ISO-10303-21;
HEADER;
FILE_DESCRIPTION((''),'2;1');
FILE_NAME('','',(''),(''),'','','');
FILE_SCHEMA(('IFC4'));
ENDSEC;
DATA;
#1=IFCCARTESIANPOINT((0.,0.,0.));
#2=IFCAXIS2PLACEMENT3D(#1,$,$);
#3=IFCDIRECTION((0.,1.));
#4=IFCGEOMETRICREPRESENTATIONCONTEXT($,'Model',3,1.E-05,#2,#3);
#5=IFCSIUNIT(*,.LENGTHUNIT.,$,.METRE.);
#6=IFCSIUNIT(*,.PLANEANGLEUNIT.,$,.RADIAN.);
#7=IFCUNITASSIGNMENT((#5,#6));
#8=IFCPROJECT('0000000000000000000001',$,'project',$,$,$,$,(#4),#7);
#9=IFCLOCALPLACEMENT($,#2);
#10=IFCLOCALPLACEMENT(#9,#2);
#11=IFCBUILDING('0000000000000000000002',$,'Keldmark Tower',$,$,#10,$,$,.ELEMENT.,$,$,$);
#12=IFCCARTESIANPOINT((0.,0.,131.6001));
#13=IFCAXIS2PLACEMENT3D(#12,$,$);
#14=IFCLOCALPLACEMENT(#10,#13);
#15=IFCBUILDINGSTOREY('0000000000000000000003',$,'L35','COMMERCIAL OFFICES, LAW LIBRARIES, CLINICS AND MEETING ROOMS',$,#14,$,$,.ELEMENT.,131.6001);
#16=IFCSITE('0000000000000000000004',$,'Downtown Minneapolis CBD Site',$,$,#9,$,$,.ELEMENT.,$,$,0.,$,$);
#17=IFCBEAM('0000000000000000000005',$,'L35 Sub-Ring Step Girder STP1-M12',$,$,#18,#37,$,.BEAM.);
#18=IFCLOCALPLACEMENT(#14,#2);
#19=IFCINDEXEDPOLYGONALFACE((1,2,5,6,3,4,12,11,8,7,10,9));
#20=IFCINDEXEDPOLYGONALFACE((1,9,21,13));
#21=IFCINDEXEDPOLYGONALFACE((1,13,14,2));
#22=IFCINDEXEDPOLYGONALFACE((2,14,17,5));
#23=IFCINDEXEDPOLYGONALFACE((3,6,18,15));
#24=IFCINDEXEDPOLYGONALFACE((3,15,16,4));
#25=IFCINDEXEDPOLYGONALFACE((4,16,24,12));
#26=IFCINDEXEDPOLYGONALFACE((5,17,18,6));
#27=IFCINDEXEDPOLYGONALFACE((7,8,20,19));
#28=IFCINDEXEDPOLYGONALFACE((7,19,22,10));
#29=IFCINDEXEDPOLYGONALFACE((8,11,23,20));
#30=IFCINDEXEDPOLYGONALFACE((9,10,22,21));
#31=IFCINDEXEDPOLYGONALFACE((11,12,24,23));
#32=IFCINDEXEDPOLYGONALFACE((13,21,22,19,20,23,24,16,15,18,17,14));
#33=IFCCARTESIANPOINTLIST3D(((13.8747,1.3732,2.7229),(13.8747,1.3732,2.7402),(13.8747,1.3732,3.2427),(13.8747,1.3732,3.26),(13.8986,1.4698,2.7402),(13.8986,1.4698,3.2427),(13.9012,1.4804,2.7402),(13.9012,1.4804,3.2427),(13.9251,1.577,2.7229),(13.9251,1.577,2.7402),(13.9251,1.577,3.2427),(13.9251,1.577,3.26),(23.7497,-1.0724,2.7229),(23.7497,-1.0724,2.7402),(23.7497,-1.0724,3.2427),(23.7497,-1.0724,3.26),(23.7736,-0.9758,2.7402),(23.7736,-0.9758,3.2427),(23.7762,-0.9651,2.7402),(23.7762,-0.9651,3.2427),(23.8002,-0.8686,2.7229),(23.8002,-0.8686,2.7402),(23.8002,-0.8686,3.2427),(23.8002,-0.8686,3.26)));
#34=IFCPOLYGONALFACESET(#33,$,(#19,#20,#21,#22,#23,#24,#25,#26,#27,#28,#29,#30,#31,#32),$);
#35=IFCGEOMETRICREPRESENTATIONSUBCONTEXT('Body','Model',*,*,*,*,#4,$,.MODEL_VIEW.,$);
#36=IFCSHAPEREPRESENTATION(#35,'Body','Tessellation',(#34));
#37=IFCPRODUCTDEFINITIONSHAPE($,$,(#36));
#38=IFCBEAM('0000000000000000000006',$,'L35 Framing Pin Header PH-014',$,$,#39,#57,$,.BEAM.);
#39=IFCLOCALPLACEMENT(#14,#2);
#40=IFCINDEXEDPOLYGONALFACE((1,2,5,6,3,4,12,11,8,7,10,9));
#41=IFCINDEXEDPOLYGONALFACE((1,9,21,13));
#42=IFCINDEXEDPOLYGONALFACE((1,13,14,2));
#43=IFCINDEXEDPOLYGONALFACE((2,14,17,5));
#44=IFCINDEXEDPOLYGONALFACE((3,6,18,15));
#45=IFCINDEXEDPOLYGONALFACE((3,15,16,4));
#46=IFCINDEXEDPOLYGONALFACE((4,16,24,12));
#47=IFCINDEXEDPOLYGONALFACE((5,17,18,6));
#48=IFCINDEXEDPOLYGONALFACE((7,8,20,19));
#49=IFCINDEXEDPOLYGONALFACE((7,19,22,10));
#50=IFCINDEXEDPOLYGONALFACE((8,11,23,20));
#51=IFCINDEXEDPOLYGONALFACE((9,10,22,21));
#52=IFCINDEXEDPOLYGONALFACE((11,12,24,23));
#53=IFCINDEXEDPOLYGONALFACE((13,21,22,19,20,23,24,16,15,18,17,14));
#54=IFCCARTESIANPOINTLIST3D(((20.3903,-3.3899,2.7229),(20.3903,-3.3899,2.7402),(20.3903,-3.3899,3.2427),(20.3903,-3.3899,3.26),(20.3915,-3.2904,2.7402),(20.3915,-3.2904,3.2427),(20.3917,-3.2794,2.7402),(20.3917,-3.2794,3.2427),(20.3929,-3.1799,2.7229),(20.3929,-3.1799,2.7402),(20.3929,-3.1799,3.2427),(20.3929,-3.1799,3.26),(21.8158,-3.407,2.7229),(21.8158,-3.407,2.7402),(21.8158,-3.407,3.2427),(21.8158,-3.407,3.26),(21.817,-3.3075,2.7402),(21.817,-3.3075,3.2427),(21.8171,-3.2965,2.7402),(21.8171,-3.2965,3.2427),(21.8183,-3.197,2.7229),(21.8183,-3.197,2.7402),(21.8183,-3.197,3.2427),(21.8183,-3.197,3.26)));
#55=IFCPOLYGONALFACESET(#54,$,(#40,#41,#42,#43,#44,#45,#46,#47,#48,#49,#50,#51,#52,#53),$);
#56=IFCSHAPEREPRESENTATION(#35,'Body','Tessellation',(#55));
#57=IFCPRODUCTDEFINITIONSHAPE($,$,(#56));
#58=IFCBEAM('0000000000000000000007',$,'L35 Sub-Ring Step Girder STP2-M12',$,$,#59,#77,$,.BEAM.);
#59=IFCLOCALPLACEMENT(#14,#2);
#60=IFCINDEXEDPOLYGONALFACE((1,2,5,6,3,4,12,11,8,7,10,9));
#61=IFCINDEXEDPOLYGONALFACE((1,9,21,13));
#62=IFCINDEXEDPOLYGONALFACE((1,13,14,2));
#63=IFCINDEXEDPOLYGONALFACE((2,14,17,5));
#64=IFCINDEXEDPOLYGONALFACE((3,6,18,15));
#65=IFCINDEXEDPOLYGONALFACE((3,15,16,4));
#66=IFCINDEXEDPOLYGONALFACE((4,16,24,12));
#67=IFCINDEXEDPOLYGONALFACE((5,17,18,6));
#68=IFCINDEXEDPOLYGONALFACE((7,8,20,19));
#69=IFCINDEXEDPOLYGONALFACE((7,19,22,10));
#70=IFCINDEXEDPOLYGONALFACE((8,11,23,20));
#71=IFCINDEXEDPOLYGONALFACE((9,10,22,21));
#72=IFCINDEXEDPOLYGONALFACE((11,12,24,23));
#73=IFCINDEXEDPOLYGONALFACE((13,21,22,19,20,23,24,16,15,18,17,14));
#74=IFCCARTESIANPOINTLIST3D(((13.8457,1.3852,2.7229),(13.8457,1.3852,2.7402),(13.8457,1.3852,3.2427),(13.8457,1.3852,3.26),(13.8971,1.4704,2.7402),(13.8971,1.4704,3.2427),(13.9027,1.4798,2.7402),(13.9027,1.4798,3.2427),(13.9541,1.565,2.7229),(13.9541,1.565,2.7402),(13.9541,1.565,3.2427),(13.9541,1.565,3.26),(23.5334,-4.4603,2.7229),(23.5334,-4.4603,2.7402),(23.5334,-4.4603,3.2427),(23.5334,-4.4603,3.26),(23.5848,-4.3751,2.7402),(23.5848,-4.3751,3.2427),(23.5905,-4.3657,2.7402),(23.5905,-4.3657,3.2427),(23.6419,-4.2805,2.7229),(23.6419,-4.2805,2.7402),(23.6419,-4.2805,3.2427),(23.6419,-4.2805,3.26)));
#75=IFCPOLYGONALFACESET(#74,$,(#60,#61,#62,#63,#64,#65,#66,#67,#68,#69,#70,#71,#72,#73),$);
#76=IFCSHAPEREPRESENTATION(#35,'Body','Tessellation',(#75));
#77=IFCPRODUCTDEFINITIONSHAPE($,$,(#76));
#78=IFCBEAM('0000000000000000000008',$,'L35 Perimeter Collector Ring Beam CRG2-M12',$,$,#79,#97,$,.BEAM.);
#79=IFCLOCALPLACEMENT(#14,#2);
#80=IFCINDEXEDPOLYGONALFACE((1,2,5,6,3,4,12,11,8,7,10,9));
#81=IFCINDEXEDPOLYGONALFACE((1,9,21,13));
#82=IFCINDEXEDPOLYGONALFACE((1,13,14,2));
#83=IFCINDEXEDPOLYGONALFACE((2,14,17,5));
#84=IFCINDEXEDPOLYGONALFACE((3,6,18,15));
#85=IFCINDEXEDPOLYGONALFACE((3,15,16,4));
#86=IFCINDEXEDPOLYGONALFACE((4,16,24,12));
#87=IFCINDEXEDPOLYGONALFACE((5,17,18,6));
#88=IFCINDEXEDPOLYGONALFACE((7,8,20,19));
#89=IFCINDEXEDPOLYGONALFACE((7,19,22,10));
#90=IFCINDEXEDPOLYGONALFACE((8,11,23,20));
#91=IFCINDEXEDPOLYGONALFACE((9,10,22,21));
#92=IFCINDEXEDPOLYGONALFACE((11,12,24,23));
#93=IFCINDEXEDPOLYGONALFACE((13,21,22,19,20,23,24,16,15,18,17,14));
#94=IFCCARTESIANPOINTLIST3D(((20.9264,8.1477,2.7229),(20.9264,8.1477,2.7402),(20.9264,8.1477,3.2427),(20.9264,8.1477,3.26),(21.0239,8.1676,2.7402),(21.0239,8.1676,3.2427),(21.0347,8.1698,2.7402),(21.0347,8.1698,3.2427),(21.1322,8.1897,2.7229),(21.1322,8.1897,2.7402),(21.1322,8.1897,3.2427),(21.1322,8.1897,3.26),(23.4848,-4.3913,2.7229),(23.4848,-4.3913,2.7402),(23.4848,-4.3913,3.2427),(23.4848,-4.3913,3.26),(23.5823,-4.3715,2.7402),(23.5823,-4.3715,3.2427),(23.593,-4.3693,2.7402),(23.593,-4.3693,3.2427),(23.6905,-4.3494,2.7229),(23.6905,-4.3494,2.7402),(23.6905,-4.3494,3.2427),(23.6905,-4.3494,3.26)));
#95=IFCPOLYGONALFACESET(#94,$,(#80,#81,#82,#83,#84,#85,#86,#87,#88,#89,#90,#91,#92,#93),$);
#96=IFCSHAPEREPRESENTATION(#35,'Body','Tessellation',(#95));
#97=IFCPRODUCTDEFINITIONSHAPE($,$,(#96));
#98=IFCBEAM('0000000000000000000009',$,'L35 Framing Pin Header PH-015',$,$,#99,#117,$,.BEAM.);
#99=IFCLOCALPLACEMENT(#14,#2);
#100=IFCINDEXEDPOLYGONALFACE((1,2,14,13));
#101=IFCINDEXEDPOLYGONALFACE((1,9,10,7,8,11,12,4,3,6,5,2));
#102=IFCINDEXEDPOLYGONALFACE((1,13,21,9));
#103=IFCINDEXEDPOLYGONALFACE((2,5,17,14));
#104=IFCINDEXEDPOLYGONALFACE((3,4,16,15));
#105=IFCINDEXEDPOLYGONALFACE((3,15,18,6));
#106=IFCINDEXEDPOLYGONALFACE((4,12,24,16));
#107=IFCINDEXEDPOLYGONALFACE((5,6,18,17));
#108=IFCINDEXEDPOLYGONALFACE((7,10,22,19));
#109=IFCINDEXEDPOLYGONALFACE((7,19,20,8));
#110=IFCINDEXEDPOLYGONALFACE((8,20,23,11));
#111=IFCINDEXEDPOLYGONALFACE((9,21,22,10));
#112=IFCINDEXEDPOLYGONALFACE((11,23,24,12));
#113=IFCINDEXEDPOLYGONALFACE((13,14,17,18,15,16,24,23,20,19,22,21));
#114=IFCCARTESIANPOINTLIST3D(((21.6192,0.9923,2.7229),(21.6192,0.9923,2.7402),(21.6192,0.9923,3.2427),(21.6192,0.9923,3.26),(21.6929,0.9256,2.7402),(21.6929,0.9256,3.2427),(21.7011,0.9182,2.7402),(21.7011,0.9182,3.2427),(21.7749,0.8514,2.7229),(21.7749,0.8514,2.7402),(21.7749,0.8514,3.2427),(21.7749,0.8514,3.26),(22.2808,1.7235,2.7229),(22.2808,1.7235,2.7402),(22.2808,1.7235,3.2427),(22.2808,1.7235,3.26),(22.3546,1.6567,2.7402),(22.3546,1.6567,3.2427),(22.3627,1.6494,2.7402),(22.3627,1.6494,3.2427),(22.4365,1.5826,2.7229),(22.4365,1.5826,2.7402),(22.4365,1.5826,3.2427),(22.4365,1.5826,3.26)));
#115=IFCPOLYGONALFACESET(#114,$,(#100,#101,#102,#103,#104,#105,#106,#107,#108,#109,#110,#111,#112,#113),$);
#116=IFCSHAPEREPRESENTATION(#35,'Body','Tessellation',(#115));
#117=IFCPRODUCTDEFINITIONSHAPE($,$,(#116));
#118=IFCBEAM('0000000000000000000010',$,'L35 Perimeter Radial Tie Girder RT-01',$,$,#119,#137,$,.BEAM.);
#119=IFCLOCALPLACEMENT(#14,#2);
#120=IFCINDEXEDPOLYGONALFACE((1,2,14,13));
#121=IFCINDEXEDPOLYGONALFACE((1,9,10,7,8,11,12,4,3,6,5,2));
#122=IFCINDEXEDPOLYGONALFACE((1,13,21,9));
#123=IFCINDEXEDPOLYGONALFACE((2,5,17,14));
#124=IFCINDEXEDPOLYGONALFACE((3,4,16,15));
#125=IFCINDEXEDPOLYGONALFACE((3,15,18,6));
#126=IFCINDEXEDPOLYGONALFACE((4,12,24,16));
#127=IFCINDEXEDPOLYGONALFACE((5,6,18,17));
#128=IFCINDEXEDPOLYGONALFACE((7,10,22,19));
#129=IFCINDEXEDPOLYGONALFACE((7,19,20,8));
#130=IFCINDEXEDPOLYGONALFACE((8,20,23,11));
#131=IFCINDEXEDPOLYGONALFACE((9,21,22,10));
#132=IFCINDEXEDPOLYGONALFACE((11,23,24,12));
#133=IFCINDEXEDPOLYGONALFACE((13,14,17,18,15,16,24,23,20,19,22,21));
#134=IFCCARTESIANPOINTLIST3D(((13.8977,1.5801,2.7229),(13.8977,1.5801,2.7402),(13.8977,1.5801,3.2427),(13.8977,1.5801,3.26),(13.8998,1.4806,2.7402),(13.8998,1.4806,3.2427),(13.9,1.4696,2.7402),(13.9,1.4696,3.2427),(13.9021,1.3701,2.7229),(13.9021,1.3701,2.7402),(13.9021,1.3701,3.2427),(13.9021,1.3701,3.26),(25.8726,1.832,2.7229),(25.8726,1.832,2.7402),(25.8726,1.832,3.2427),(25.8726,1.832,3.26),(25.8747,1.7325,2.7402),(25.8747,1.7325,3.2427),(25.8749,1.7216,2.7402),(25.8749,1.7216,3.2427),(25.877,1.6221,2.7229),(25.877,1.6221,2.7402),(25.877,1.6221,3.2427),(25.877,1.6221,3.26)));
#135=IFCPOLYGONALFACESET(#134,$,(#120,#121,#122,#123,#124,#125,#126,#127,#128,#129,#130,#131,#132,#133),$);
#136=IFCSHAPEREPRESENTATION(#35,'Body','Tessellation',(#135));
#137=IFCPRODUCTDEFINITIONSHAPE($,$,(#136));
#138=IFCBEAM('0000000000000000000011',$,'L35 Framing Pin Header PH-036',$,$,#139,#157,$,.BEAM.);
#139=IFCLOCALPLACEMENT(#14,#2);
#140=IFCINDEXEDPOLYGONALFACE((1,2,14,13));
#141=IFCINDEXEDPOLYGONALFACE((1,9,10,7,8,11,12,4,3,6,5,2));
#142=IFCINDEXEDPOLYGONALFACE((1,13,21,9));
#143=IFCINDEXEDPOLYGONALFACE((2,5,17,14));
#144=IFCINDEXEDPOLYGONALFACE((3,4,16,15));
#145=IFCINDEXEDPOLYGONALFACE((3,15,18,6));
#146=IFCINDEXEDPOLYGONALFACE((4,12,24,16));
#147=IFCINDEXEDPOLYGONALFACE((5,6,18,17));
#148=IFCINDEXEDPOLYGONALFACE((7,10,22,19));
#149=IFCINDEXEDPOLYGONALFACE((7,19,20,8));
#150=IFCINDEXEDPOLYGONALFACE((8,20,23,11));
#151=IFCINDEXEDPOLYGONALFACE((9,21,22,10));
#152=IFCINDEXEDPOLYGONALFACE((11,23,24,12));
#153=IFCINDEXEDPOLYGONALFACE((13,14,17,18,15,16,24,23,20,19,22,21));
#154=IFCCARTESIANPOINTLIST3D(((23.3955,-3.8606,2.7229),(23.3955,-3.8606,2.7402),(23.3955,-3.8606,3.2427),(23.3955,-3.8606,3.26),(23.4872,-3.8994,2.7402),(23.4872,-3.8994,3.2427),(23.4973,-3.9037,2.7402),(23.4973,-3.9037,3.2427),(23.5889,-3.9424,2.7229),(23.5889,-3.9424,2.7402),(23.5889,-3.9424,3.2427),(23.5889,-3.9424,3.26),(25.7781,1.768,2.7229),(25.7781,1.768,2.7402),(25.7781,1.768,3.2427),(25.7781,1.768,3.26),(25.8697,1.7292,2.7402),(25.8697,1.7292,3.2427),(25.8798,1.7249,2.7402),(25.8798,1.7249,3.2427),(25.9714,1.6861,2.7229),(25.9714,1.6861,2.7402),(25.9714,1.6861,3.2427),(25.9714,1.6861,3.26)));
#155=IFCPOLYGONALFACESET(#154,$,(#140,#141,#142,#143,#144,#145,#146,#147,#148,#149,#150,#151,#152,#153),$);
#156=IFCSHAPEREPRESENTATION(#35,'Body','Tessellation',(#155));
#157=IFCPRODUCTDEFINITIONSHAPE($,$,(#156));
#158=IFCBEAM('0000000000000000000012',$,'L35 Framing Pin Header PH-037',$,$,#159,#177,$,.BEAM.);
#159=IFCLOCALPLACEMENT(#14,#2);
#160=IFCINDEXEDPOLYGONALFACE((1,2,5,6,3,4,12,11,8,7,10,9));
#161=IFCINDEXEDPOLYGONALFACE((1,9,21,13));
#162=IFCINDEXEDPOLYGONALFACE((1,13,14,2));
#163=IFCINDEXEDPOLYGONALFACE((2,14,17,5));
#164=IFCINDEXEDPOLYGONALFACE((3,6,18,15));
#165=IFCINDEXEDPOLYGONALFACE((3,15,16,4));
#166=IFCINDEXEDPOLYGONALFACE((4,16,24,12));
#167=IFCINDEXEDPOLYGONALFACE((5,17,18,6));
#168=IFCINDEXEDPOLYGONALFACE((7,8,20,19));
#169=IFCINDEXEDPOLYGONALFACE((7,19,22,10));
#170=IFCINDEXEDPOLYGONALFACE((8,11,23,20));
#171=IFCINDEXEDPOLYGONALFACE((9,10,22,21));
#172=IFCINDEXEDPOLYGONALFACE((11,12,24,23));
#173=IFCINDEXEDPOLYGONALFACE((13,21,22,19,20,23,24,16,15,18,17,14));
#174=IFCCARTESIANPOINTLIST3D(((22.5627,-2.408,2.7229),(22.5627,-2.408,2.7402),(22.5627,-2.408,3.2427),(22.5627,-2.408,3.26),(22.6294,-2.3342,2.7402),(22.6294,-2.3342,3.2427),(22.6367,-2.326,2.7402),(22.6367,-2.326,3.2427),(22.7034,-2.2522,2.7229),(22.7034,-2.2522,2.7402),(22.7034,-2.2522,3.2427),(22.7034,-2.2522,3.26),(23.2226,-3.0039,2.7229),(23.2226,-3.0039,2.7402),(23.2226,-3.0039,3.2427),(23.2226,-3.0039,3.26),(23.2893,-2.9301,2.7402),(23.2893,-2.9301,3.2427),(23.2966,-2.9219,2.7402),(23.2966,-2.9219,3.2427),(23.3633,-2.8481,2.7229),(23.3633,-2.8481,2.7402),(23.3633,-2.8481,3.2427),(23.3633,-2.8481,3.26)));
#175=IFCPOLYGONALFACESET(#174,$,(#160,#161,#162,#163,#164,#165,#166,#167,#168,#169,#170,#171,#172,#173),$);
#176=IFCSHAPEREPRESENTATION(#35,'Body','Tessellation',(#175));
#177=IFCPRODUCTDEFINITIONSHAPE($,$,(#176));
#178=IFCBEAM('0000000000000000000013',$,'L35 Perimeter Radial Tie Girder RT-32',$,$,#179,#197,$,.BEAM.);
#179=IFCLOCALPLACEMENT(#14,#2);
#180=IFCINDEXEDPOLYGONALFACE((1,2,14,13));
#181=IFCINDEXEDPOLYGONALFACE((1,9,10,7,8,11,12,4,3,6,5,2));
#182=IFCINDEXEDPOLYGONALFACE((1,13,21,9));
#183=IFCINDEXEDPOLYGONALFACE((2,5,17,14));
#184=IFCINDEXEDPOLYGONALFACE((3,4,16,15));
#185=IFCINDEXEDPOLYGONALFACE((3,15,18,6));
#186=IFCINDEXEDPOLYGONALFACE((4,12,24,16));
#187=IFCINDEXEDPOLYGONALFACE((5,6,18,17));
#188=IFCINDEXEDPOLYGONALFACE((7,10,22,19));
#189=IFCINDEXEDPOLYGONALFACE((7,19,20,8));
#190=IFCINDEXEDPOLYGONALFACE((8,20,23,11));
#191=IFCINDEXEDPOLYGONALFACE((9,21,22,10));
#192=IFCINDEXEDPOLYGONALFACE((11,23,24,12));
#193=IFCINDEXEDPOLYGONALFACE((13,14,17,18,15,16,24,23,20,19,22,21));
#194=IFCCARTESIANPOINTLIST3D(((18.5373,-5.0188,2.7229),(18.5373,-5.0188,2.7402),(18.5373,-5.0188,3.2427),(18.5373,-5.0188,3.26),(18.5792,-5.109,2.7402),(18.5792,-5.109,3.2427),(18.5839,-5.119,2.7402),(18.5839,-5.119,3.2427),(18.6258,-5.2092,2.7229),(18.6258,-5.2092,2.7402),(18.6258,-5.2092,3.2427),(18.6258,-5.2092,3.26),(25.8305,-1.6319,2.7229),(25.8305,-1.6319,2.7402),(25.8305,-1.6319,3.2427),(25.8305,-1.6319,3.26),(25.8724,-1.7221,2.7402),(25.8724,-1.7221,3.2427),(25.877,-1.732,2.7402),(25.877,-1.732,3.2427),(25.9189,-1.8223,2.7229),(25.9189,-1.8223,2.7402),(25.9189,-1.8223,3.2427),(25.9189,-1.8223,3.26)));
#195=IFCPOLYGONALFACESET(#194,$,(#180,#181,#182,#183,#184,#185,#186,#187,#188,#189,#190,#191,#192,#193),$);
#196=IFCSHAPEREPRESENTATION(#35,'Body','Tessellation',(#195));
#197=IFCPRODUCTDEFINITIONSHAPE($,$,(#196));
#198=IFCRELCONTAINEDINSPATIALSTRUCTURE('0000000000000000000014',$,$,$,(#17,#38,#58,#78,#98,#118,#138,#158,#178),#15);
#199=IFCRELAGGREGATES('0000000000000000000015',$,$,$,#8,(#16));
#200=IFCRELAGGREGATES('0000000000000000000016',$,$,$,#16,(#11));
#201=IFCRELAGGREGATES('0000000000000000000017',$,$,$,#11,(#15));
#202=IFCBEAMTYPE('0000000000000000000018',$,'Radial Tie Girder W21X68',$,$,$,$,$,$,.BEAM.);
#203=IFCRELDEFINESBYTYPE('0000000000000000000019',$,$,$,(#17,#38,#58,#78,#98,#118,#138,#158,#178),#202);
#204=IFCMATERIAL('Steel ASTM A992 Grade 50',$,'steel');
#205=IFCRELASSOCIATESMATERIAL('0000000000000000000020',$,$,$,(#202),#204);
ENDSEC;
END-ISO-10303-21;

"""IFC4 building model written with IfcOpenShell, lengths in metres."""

from ifc_helpers import new_model, si_unit, direction, frame, origin, origin_2d, place, context, subcontext, project, spatial, i_section, extrude, material, material_profile, profile_set, type_object, element, save


model = new_model("IFC4")

# Units and contexts
model_context = context("Model", 3, precision=1e-05, world=origin(), true_north=direction((0.0, 1.0)))
body_context = subcontext(model_context, "Body", "Model", "MODEL_VIEW")
ifc_project = project(units=[si_unit("LENGTHUNIT", "METRE"), si_unit("PLANEANGLEUNIT", "RADIAN")], contexts=[model_context])

# Site, building, storey
site_placement = place(None, origin())
site = spatial("IfcSite", under=ifc_project, at=site_placement, Name="Downtown Minneapolis CBD Site", CompositionType="ELEMENT", RefElevation=0.0)
building_placement = place(site_placement, origin())
building = spatial("IfcBuilding", under=site, at=building_placement, Name="Keldmark Tower", CompositionType="ELEMENT")
storey_placement = place(building_placement, frame((0.0, 0.0, 131.6001)))
storey = spatial("IfcBuildingStorey", under=building, at=storey_placement, Name="L35", Description="COMMERCIAL OFFICES, LAW LIBRARIES, CLINICS AND MEETING ROOMS", CompositionType="ELEMENT", Elevation=131.6001)

# Beams
ifc_material_1 = material(Name="Steel ASTM A992 Grade 50", Category="steel")
ifc_material_profile_1 = material_profile(ifc_material_1, i_section(OverallWidth=0.21, OverallDepth=0.5371, WebThickness=0.011, FlangeThickness=0.0173, at=origin_2d()), Name="W21X68")
ifc_profile_set_1 = profile_set([ifc_material_profile_1], Name="Steel ASTM A992 Grade 50")
beam_type_1 = type_object("IfcBeamType", Name="Radial Tie Girder W21X68", PredefinedType="BEAM", material=ifc_profile_set_1)
beam_1_placement = place(storey_placement, frame((13.8999, 1.4751, 2.9915), z_axis=(0.970677, -0.240389, 0.0), x_axis=(0.240389, 0.970677, 0.0)))
element("IfcBeam", 1, at=beam_1_placement, inside=storey, type_object=beam_type_1, Name="L35 Sub-Ring Step Girder STP1-M12", PredefinedType="BEAM", context=body_context, shape_type="SweptSolid", body=[
    extrude(i_section(OverallWidth=0.21, OverallDepth=0.5371, WebThickness=0.011, FlangeThickness=0.0173, at=origin_2d()), origin(), (0.0, 0.0, 1.0), 10.1733),
])
beam_2_placement = place(storey_placement, frame((20.3916, -3.2849, 2.9915), z_axis=(0.999928, -0.011987, 0.0), x_axis=(0.011987, 0.999928, 0.0)))
element("IfcBeam", 2, at=beam_2_placement, inside=storey, type_object=beam_type_1, Name="L35 Framing Pin Header PH-014", PredefinedType="BEAM", context=body_context, shape_type="SweptSolid", body=[
    extrude(i_section(OverallWidth=0.21, OverallDepth=0.5371, WebThickness=0.011, FlangeThickness=0.0173, at=origin_2d()), origin(), (0.0, 0.0, 1.0), 1.4255),
])
beam_3_placement = place(storey_placement, frame((13.8999, 1.4751, 2.9915), z_axis=(0.856211, -0.516627, 0.0), x_axis=(0.516627, 0.856211, 0.0)))
element("IfcBeam", 3, at=beam_3_placement, inside=storey, type_object=beam_type_1, Name="L35 Sub-Ring Step Girder STP2-M12", PredefinedType="BEAM", context=body_context, shape_type="SweptSolid", body=[
    extrude(i_section(OverallWidth=0.21, OverallDepth=0.5371, WebThickness=0.011, FlangeThickness=0.0173, at=origin_2d()), origin(), (0.0, 0.0, 1.0), 11.3147),
])
beam_4_placement = place(storey_placement, frame((23.5876, -4.3704, 2.9915), z_axis=(-0.199912, 0.979814, 0.0), x_axis=(-0.979814, -0.199912, 0.0)))
element("IfcBeam", 4, at=beam_4_placement, inside=storey, type_object=beam_type_1, Name="L35 Perimeter Collector Ring Beam CRG2-M12", PredefinedType="BEAM", context=body_context, shape_type="SweptSolid", body=[
    extrude(i_section(OverallWidth=0.21, OverallDepth=0.5371, WebThickness=0.011, FlangeThickness=0.0173, at=origin_2d()), origin(), (0.0, 0.0, 1.0), 12.7974),
])
beam_5_placement = place(storey_placement, frame((21.697, 0.9219, 2.9915), z_axis=(0.670946, 0.741506, 0.0), x_axis=(-0.741506, 0.670946, 0.0)))
element("IfcBeam", 5, at=beam_5_placement, inside=storey, type_object=beam_type_1, Name="L35 Framing Pin Header PH-015", PredefinedType="BEAM", context=body_context, shape_type="SweptSolid", body=[
    extrude(i_section(OverallWidth=0.21, OverallDepth=0.5371, WebThickness=0.011, FlangeThickness=0.0173, at=origin_2d()), origin(), (0.0, 0.0, 1.0), 0.9861),
])
beam_6_placement = place(storey_placement, frame((13.8999, 1.4751, 2.9915), z_axis=(0.999779, 0.021036, 0.0), x_axis=(-0.021036, 0.999779, 0.0)))
element("IfcBeam", 6, at=beam_6_placement, inside=storey, type_object=beam_type_1, Name="L35 Perimeter Radial Tie Girder RT-01", PredefinedType="BEAM", context=body_context, shape_type="SweptSolid", body=[
    extrude(i_section(OverallWidth=0.21, OverallDepth=0.5371, WebThickness=0.011, FlangeThickness=0.0173, at=origin_2d()), origin(), (0.0, 0.0, 1.0), 11.9775),
])
beam_7_placement = place(storey_placement, frame((25.8748, 1.7271, 2.9915), z_axis=(-0.389808, -0.920896, 0.0), x_axis=(0.920896, -0.389808, 0.0)))
element("IfcBeam", 7, at=beam_7_placement, inside=storey, type_object=beam_type_1, Name="L35 Framing Pin Header PH-036", PredefinedType="BEAM", context=body_context, shape_type="SweptSolid", body=[
    extrude(i_section(OverallWidth=0.21, OverallDepth=0.5371, WebThickness=0.011, FlangeThickness=0.0173, at=origin_2d()), origin(), (0.0, 0.0, 1.0), 6.1121),
])
beam_8_placement = place(storey_placement, frame((22.6331, -2.3301, 2.9915), z_axis=(0.74216, -0.670223, 0.0), x_axis=(0.670223, 0.74216, 0.0)))
element("IfcBeam", 8, at=beam_8_placement, inside=storey, type_object=beam_type_1, Name="L35 Framing Pin Header PH-037", PredefinedType="BEAM", context=body_context, shape_type="SweptSolid", body=[
    extrude(i_section(OverallWidth=0.21, OverallDepth=0.5371, WebThickness=0.011, FlangeThickness=0.0173, at=origin_2d()), origin(), (0.0, 0.0, 1.0), 0.8892),
])
beam_9_placement = place(storey_placement, frame((18.5815, -5.114, 2.9915), z_axis=(0.90697, 0.421196, 0.0), x_axis=(-0.421196, 0.90697, 0.0)))
element("IfcBeam", 9, at=beam_9_placement, inside=storey, type_object=beam_type_1, Name="L35 Perimeter Radial Tie Girder RT-32", PredefinedType="BEAM", context=body_context, shape_type="SweptSolid", body=[
    extrude(i_section(OverallWidth=0.21, OverallDepth=0.5371, WebThickness=0.011, FlangeThickness=0.0173, at=origin_2d()), origin(), (0.0, 0.0, 1.0), 8.0413),
])

save(model, "model.ifc")
